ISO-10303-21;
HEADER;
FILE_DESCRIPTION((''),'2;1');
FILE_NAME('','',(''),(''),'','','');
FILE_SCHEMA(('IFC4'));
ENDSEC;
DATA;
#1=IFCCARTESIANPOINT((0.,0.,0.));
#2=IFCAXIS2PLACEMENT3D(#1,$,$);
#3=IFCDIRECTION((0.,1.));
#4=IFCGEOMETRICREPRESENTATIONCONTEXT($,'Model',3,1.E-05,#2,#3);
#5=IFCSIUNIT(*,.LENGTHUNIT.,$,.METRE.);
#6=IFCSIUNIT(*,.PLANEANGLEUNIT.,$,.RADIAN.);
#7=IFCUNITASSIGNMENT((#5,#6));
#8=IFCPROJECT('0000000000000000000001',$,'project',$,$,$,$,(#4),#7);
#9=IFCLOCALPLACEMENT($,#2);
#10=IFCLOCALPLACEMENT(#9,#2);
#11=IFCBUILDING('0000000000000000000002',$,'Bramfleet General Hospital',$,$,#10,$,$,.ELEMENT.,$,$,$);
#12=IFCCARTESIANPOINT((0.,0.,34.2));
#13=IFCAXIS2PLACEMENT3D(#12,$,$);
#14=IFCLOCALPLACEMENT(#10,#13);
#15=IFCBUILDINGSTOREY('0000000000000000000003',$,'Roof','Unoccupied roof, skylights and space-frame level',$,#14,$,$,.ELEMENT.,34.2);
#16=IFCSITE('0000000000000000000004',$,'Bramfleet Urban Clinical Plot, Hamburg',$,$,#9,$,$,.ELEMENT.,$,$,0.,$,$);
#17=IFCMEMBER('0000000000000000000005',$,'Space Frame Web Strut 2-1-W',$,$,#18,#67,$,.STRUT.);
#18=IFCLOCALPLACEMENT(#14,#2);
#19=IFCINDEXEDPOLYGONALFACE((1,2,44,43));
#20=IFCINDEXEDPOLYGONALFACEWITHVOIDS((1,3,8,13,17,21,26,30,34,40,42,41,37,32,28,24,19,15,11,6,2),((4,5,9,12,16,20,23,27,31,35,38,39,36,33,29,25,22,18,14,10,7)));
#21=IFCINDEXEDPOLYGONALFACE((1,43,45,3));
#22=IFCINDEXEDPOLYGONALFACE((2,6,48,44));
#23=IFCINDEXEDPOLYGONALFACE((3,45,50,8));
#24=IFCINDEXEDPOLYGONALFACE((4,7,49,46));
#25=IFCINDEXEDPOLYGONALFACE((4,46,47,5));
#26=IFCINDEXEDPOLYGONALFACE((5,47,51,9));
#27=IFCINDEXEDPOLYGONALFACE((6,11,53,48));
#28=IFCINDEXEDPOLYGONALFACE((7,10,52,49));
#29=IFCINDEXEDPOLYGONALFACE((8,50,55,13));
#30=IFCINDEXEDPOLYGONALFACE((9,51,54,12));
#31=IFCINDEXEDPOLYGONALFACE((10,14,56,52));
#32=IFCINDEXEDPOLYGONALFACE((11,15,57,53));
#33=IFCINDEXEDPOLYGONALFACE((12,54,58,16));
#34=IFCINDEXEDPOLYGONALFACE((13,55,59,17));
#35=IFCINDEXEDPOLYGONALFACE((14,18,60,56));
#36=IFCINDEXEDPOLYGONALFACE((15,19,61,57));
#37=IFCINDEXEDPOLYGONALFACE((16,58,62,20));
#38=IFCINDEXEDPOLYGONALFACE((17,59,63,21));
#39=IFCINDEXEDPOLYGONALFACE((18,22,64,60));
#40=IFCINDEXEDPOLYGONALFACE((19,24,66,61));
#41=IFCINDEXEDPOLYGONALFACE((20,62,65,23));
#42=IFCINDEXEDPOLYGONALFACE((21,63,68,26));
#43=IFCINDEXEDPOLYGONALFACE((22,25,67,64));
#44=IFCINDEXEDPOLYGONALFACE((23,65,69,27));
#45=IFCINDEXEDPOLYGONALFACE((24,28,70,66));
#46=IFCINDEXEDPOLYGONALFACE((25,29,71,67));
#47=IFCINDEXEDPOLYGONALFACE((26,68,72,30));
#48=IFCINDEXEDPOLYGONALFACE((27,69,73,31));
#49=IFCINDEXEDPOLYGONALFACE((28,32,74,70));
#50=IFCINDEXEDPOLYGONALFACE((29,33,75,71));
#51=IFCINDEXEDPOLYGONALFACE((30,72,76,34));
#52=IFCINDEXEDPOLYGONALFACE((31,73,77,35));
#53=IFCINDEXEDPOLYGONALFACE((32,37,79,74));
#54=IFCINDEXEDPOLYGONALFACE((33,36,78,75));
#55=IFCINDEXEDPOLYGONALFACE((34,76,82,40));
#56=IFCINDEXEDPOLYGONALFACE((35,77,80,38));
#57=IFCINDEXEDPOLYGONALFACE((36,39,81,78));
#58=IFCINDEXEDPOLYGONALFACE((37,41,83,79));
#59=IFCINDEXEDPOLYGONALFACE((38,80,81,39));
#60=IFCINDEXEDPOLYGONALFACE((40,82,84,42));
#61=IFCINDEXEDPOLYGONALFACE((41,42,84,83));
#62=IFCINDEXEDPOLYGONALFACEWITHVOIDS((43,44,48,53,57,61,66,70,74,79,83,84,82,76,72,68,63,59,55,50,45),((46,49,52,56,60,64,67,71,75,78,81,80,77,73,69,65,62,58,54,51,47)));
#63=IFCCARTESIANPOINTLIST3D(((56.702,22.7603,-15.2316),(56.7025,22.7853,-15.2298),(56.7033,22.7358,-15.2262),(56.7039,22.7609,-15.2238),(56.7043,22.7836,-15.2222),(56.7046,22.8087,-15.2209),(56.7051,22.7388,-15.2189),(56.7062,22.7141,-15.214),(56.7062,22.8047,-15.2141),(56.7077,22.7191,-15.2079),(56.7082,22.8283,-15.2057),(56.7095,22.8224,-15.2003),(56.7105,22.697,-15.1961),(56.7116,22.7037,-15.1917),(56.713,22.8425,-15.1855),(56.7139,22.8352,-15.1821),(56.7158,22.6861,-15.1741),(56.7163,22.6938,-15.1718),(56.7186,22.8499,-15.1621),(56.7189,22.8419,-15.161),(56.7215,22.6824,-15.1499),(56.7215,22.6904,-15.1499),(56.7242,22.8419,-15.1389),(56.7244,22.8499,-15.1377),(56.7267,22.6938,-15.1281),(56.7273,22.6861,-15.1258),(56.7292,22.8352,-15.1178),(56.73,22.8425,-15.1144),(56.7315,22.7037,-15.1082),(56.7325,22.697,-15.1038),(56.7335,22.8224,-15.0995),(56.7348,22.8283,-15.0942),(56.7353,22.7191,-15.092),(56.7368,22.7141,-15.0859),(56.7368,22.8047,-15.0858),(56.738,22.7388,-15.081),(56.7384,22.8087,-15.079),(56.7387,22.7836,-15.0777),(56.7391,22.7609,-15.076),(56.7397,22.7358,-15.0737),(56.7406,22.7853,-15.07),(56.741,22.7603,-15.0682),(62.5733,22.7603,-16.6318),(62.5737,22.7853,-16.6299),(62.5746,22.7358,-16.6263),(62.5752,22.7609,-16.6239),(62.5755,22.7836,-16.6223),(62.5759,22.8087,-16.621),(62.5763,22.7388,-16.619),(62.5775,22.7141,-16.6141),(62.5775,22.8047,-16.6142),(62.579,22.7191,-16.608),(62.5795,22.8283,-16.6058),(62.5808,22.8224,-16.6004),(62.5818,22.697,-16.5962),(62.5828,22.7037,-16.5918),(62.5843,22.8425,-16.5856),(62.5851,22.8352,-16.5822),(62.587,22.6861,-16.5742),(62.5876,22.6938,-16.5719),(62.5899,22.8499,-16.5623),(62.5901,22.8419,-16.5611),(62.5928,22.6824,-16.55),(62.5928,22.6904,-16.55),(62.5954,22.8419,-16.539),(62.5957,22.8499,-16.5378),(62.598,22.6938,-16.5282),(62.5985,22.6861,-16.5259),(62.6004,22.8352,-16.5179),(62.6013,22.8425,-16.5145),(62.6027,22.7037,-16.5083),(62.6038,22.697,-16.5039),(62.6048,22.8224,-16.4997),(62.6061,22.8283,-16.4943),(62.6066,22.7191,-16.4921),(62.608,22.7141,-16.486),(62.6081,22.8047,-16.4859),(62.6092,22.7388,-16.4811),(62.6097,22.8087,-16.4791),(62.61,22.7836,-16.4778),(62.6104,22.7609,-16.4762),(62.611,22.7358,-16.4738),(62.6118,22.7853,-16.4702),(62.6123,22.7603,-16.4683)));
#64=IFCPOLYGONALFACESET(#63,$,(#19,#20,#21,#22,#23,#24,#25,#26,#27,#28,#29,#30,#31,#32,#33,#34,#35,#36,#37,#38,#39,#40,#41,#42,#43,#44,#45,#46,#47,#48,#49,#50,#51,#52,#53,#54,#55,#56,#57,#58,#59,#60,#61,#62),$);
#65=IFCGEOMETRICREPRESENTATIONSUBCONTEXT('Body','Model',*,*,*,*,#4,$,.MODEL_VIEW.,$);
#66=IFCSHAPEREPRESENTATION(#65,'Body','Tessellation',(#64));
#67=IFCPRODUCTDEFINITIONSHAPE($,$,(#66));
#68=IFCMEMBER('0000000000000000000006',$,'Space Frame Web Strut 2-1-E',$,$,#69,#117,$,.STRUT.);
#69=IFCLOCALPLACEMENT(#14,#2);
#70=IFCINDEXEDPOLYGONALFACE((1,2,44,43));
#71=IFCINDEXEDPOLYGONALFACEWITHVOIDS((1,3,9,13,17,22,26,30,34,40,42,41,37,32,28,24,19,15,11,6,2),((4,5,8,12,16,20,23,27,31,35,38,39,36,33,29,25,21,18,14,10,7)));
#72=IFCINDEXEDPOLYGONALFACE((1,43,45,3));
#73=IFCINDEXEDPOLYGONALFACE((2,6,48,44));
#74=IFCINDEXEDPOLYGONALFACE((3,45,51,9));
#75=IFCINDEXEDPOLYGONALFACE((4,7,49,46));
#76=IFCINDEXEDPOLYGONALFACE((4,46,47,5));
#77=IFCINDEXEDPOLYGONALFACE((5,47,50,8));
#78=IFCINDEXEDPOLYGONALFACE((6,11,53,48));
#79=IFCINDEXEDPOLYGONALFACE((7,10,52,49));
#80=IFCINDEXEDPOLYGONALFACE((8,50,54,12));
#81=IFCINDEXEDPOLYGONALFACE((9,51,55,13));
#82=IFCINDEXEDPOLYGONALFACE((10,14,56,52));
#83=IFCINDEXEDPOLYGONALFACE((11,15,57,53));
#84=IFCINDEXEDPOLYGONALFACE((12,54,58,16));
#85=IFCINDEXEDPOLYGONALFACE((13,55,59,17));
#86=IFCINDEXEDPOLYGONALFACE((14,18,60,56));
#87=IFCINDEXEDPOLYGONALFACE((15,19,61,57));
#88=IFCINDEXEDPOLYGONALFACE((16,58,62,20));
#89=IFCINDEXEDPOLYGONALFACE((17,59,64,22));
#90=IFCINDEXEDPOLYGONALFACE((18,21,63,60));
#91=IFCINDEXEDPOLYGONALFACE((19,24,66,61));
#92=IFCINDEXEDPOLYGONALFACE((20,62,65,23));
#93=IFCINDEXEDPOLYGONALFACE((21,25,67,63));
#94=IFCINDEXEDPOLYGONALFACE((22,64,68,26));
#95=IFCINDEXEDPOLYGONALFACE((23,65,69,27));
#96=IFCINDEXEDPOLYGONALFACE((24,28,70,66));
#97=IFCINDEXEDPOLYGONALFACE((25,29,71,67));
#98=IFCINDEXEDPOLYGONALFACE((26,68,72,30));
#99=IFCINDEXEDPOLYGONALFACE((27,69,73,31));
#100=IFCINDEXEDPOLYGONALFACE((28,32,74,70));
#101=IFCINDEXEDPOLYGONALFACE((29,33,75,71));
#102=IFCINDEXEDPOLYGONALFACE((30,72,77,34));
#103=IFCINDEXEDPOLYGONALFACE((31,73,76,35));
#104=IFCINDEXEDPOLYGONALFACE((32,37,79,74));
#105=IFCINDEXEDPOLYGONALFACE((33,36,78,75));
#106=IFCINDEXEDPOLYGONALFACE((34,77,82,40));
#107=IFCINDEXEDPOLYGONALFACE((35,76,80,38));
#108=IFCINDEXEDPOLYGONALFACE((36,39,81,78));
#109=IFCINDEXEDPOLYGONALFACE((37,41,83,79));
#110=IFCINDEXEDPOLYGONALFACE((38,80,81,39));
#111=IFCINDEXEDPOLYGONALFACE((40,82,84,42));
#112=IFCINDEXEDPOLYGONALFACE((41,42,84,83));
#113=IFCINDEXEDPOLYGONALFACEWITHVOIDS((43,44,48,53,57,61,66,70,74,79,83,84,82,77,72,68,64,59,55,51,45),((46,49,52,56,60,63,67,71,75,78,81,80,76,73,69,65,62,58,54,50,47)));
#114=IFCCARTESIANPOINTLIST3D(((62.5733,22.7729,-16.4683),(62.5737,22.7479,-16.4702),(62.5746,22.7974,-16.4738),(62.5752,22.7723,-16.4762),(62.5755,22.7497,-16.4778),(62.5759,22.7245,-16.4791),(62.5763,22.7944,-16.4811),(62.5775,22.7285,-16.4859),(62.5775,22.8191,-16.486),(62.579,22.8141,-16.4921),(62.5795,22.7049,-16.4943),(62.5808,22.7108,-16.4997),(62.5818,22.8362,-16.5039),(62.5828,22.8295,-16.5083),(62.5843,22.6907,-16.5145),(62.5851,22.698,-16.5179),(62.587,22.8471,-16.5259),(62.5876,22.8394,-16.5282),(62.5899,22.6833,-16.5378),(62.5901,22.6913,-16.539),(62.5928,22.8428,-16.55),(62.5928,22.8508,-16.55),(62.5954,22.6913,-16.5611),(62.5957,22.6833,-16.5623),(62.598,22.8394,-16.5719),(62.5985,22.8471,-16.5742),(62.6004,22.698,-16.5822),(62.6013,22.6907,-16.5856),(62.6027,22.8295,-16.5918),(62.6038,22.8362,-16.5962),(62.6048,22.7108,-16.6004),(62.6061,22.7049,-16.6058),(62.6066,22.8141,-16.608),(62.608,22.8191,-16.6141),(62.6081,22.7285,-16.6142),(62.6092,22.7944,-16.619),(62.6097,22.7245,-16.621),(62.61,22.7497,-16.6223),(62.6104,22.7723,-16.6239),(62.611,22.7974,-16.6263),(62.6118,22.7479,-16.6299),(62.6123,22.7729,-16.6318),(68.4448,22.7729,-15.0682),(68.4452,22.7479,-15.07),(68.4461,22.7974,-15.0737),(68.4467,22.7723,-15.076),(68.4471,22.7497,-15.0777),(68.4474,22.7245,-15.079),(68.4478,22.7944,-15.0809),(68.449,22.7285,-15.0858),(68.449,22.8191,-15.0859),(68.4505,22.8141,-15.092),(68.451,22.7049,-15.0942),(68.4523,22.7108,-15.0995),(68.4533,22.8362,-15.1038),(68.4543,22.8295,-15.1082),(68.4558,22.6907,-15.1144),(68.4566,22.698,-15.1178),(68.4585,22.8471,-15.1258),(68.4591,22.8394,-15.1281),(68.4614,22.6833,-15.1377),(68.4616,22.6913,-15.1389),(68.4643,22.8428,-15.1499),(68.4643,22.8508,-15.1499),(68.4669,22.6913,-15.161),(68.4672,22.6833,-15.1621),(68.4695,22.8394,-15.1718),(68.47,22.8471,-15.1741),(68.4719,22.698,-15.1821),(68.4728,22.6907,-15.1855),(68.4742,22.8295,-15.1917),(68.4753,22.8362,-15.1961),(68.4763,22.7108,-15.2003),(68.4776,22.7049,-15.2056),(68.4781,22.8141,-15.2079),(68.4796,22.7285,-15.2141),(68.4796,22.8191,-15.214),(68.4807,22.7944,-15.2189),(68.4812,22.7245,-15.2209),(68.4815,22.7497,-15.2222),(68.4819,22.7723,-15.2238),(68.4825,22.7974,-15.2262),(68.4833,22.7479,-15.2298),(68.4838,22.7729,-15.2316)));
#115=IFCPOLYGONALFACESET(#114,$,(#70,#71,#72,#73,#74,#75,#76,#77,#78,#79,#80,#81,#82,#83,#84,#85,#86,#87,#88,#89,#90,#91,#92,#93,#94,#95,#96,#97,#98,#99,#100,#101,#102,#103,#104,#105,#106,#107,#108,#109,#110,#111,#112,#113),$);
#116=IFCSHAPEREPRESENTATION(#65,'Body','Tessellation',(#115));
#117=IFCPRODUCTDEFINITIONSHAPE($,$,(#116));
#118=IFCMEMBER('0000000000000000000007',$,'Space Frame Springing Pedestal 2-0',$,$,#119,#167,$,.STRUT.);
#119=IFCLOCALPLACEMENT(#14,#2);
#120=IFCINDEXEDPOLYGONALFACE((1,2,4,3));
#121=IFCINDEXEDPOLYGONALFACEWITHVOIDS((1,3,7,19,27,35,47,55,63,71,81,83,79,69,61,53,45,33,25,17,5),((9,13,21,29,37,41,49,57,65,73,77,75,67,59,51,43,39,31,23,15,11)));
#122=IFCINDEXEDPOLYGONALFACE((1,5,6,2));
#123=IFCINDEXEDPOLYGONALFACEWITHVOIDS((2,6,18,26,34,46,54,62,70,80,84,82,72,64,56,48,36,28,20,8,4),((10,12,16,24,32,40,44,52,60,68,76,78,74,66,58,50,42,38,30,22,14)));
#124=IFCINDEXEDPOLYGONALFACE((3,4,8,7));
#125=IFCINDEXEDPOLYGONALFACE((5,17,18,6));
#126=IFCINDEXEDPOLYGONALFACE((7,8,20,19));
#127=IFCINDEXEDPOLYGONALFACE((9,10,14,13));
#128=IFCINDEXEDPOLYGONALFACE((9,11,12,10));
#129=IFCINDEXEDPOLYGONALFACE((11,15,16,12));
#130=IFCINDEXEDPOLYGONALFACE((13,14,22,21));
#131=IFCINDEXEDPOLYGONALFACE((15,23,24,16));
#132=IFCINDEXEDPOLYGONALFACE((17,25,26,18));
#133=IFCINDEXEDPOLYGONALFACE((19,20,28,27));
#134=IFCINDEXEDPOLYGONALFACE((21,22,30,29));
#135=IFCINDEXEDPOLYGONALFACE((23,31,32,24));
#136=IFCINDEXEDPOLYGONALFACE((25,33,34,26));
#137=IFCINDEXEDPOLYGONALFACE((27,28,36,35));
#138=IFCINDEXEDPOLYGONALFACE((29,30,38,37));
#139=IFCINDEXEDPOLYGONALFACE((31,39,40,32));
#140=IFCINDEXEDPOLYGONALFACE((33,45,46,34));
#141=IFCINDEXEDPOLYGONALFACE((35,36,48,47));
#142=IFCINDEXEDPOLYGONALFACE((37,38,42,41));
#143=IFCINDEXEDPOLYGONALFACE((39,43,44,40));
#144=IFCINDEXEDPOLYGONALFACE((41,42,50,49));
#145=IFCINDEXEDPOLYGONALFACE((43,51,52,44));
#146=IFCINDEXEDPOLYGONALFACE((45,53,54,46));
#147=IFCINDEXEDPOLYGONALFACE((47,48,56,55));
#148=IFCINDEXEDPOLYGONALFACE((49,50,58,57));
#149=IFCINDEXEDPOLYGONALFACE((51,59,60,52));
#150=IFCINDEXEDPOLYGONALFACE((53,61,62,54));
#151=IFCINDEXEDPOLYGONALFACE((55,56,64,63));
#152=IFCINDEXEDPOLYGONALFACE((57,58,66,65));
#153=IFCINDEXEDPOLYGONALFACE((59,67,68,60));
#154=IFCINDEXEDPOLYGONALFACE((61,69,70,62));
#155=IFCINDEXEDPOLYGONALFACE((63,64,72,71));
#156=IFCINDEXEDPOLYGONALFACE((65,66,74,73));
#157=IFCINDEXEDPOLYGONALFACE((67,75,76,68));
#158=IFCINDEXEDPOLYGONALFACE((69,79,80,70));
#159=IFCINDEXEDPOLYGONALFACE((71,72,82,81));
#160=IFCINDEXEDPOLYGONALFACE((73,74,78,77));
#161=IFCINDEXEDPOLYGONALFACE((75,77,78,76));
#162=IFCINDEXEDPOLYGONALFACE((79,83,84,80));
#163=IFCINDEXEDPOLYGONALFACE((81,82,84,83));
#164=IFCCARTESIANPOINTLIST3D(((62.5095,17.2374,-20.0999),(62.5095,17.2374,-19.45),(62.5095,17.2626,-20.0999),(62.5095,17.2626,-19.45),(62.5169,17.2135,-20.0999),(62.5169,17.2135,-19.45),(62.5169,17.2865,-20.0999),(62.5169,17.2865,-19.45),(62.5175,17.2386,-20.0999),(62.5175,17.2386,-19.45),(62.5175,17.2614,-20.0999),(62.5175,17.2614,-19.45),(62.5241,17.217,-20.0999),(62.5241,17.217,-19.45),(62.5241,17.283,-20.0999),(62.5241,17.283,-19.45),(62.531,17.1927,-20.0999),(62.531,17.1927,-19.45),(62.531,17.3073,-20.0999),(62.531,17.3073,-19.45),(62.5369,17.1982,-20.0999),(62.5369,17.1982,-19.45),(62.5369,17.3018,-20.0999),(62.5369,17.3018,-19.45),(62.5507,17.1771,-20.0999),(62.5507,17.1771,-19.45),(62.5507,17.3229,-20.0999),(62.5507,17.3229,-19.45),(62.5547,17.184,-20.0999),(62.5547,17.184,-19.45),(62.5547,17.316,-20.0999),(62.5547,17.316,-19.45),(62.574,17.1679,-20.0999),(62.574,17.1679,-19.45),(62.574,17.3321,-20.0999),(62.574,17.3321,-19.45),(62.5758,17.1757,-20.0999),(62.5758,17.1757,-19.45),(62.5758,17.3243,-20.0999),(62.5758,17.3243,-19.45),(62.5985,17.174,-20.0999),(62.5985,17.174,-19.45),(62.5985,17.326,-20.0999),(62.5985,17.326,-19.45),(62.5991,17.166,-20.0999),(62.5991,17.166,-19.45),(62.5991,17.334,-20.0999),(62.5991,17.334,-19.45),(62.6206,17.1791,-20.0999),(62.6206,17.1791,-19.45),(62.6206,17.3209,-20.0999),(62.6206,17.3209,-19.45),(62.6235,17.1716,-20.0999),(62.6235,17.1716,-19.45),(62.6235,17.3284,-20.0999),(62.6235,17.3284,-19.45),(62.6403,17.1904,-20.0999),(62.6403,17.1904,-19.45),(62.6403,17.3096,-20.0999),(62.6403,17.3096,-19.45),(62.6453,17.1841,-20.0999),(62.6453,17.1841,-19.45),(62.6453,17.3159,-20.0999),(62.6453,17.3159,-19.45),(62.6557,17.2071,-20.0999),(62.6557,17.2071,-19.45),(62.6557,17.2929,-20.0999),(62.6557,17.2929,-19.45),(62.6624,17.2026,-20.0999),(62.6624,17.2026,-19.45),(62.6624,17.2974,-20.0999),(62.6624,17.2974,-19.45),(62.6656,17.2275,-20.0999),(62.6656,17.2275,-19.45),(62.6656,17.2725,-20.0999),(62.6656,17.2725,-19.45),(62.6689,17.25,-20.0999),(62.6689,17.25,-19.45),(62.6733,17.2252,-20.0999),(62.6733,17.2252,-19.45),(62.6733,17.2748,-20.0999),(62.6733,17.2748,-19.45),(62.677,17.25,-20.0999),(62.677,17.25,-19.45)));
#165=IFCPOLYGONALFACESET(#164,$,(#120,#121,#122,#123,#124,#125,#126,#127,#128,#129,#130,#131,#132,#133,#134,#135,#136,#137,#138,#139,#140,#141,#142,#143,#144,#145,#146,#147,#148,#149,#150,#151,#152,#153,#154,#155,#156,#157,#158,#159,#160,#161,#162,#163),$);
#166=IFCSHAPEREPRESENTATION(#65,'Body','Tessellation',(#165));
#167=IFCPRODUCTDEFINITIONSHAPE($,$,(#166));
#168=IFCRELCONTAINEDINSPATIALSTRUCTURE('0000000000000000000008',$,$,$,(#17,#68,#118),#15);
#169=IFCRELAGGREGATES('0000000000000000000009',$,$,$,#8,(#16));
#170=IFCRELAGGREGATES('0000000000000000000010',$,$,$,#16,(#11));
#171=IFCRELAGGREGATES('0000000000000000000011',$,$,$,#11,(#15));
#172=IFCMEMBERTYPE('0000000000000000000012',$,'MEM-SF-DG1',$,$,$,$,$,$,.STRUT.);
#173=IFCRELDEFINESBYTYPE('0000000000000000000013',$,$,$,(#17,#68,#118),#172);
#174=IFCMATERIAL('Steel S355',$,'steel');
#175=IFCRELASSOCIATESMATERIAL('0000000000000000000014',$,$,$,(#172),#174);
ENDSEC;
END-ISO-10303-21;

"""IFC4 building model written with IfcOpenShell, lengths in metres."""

from ifc_helpers import new_model, si_unit, direction, frame, origin, origin_2d, place, context, subcontext, project, spatial, hollow_circle, extrude, material, material_profile, profile_set, type_object, element, save


model = new_model("IFC4")

# Units and contexts
model_context = context("Model", 3, precision=1e-05, world=origin(), true_north=direction((0.0, 1.0)))
body_context = subcontext(model_context, "Body", "Model", "MODEL_VIEW")
ifc_project = project(units=[si_unit("LENGTHUNIT", "METRE"), si_unit("PLANEANGLEUNIT", "RADIAN")], contexts=[model_context])

# Site, building, storey
site_placement = place(None, origin())
site = spatial("IfcSite", under=ifc_project, at=site_placement, Name="Bramfleet Urban Clinical Plot, Hamburg", CompositionType="ELEMENT", RefElevation=0.0)
building_placement = place(site_placement, origin())
building = spatial("IfcBuilding", under=site, at=building_placement, Name="Bramfleet General Hospital", CompositionType="ELEMENT")
storey_placement = place(building_placement, frame((0.0, 0.0, 34.2)))
storey = spatial("IfcBuildingStorey", under=building, at=storey_placement, Name="Roof", Description="Unoccupied roof, skylights and space-frame level", CompositionType="ELEMENT", Elevation=34.2)

# Members
ifc_material = material(Name="Steel S355", Category="steel")
ifc_material_profile_1 = material_profile(ifc_material, hollow_circle(Radius=0.0842, WallThickness=0.0081, at=origin_2d()), Name="CHS 168.3x8.0")
ifc_profile_set_1 = profile_set([ifc_material_profile_1], Name="Steel S355")
member_type_1 = type_object("IfcMemberType", Name="MEM-SF-DG1", PredefinedType="STRUT", material=ifc_profile_set_1)
for number, where, z_axis, x_axis, name in (
    (1, (62.5928, 22.7666, -16.55), (-0.972724, 0.0, 0.231967), (0.0, -1.0, 0.0), "Space Frame Web Strut 2-1-W"),
):
    element("IfcMember", number, at=place(storey_placement, frame(where, z_axis=z_axis, x_axis=x_axis)), inside=storey, type_object=member_type_1, Name=name, PredefinedType="STRUT", context=body_context, shape_type="SweptSolid", body=[
        extrude(hollow_circle(Radius=0.0842, WallThickness=0.0081, at=origin_2d()), origin(), (0.0, 0.0, 1.0), 6.0359),
    ])
member_1_placement = place(storey_placement, frame((62.5928, 22.7666, -16.55), z_axis=(0.972726, 0.0, 0.231958), x_axis=(0.0, 1.0, 0.0)))
element("IfcMember", 2, at=member_1_placement, inside=storey, type_object=member_type_1, Name="Space Frame Web Strut 2-1-E", PredefinedType="STRUT", context=body_context, shape_type="SweptSolid", body=[
    extrude(hollow_circle(Radius=0.0842, WallThickness=0.0081, at=origin_2d()), origin(), (0.0, 0.0, 1.0), 6.0361),
])
member_2_placement = place(storey_placement, frame((62.5928, 17.25, -20.0999), z_axis=(0.0, 0.0, 1.0), x_axis=(1.0, 0.0, 0.0)))
element("IfcMember", 3, at=member_2_placement, inside=storey, type_object=member_type_1, Name="Space Frame Springing Pedestal 2-0", PredefinedType="STRUT", context=body_context, shape_type="SweptSolid", body=[
    extrude(hollow_circle(Radius=0.0842, WallThickness=0.0081, at=origin_2d()), origin(), (0.0, 0.0, 1.0), 0.6499),
])

save(model, "model.ifc")
